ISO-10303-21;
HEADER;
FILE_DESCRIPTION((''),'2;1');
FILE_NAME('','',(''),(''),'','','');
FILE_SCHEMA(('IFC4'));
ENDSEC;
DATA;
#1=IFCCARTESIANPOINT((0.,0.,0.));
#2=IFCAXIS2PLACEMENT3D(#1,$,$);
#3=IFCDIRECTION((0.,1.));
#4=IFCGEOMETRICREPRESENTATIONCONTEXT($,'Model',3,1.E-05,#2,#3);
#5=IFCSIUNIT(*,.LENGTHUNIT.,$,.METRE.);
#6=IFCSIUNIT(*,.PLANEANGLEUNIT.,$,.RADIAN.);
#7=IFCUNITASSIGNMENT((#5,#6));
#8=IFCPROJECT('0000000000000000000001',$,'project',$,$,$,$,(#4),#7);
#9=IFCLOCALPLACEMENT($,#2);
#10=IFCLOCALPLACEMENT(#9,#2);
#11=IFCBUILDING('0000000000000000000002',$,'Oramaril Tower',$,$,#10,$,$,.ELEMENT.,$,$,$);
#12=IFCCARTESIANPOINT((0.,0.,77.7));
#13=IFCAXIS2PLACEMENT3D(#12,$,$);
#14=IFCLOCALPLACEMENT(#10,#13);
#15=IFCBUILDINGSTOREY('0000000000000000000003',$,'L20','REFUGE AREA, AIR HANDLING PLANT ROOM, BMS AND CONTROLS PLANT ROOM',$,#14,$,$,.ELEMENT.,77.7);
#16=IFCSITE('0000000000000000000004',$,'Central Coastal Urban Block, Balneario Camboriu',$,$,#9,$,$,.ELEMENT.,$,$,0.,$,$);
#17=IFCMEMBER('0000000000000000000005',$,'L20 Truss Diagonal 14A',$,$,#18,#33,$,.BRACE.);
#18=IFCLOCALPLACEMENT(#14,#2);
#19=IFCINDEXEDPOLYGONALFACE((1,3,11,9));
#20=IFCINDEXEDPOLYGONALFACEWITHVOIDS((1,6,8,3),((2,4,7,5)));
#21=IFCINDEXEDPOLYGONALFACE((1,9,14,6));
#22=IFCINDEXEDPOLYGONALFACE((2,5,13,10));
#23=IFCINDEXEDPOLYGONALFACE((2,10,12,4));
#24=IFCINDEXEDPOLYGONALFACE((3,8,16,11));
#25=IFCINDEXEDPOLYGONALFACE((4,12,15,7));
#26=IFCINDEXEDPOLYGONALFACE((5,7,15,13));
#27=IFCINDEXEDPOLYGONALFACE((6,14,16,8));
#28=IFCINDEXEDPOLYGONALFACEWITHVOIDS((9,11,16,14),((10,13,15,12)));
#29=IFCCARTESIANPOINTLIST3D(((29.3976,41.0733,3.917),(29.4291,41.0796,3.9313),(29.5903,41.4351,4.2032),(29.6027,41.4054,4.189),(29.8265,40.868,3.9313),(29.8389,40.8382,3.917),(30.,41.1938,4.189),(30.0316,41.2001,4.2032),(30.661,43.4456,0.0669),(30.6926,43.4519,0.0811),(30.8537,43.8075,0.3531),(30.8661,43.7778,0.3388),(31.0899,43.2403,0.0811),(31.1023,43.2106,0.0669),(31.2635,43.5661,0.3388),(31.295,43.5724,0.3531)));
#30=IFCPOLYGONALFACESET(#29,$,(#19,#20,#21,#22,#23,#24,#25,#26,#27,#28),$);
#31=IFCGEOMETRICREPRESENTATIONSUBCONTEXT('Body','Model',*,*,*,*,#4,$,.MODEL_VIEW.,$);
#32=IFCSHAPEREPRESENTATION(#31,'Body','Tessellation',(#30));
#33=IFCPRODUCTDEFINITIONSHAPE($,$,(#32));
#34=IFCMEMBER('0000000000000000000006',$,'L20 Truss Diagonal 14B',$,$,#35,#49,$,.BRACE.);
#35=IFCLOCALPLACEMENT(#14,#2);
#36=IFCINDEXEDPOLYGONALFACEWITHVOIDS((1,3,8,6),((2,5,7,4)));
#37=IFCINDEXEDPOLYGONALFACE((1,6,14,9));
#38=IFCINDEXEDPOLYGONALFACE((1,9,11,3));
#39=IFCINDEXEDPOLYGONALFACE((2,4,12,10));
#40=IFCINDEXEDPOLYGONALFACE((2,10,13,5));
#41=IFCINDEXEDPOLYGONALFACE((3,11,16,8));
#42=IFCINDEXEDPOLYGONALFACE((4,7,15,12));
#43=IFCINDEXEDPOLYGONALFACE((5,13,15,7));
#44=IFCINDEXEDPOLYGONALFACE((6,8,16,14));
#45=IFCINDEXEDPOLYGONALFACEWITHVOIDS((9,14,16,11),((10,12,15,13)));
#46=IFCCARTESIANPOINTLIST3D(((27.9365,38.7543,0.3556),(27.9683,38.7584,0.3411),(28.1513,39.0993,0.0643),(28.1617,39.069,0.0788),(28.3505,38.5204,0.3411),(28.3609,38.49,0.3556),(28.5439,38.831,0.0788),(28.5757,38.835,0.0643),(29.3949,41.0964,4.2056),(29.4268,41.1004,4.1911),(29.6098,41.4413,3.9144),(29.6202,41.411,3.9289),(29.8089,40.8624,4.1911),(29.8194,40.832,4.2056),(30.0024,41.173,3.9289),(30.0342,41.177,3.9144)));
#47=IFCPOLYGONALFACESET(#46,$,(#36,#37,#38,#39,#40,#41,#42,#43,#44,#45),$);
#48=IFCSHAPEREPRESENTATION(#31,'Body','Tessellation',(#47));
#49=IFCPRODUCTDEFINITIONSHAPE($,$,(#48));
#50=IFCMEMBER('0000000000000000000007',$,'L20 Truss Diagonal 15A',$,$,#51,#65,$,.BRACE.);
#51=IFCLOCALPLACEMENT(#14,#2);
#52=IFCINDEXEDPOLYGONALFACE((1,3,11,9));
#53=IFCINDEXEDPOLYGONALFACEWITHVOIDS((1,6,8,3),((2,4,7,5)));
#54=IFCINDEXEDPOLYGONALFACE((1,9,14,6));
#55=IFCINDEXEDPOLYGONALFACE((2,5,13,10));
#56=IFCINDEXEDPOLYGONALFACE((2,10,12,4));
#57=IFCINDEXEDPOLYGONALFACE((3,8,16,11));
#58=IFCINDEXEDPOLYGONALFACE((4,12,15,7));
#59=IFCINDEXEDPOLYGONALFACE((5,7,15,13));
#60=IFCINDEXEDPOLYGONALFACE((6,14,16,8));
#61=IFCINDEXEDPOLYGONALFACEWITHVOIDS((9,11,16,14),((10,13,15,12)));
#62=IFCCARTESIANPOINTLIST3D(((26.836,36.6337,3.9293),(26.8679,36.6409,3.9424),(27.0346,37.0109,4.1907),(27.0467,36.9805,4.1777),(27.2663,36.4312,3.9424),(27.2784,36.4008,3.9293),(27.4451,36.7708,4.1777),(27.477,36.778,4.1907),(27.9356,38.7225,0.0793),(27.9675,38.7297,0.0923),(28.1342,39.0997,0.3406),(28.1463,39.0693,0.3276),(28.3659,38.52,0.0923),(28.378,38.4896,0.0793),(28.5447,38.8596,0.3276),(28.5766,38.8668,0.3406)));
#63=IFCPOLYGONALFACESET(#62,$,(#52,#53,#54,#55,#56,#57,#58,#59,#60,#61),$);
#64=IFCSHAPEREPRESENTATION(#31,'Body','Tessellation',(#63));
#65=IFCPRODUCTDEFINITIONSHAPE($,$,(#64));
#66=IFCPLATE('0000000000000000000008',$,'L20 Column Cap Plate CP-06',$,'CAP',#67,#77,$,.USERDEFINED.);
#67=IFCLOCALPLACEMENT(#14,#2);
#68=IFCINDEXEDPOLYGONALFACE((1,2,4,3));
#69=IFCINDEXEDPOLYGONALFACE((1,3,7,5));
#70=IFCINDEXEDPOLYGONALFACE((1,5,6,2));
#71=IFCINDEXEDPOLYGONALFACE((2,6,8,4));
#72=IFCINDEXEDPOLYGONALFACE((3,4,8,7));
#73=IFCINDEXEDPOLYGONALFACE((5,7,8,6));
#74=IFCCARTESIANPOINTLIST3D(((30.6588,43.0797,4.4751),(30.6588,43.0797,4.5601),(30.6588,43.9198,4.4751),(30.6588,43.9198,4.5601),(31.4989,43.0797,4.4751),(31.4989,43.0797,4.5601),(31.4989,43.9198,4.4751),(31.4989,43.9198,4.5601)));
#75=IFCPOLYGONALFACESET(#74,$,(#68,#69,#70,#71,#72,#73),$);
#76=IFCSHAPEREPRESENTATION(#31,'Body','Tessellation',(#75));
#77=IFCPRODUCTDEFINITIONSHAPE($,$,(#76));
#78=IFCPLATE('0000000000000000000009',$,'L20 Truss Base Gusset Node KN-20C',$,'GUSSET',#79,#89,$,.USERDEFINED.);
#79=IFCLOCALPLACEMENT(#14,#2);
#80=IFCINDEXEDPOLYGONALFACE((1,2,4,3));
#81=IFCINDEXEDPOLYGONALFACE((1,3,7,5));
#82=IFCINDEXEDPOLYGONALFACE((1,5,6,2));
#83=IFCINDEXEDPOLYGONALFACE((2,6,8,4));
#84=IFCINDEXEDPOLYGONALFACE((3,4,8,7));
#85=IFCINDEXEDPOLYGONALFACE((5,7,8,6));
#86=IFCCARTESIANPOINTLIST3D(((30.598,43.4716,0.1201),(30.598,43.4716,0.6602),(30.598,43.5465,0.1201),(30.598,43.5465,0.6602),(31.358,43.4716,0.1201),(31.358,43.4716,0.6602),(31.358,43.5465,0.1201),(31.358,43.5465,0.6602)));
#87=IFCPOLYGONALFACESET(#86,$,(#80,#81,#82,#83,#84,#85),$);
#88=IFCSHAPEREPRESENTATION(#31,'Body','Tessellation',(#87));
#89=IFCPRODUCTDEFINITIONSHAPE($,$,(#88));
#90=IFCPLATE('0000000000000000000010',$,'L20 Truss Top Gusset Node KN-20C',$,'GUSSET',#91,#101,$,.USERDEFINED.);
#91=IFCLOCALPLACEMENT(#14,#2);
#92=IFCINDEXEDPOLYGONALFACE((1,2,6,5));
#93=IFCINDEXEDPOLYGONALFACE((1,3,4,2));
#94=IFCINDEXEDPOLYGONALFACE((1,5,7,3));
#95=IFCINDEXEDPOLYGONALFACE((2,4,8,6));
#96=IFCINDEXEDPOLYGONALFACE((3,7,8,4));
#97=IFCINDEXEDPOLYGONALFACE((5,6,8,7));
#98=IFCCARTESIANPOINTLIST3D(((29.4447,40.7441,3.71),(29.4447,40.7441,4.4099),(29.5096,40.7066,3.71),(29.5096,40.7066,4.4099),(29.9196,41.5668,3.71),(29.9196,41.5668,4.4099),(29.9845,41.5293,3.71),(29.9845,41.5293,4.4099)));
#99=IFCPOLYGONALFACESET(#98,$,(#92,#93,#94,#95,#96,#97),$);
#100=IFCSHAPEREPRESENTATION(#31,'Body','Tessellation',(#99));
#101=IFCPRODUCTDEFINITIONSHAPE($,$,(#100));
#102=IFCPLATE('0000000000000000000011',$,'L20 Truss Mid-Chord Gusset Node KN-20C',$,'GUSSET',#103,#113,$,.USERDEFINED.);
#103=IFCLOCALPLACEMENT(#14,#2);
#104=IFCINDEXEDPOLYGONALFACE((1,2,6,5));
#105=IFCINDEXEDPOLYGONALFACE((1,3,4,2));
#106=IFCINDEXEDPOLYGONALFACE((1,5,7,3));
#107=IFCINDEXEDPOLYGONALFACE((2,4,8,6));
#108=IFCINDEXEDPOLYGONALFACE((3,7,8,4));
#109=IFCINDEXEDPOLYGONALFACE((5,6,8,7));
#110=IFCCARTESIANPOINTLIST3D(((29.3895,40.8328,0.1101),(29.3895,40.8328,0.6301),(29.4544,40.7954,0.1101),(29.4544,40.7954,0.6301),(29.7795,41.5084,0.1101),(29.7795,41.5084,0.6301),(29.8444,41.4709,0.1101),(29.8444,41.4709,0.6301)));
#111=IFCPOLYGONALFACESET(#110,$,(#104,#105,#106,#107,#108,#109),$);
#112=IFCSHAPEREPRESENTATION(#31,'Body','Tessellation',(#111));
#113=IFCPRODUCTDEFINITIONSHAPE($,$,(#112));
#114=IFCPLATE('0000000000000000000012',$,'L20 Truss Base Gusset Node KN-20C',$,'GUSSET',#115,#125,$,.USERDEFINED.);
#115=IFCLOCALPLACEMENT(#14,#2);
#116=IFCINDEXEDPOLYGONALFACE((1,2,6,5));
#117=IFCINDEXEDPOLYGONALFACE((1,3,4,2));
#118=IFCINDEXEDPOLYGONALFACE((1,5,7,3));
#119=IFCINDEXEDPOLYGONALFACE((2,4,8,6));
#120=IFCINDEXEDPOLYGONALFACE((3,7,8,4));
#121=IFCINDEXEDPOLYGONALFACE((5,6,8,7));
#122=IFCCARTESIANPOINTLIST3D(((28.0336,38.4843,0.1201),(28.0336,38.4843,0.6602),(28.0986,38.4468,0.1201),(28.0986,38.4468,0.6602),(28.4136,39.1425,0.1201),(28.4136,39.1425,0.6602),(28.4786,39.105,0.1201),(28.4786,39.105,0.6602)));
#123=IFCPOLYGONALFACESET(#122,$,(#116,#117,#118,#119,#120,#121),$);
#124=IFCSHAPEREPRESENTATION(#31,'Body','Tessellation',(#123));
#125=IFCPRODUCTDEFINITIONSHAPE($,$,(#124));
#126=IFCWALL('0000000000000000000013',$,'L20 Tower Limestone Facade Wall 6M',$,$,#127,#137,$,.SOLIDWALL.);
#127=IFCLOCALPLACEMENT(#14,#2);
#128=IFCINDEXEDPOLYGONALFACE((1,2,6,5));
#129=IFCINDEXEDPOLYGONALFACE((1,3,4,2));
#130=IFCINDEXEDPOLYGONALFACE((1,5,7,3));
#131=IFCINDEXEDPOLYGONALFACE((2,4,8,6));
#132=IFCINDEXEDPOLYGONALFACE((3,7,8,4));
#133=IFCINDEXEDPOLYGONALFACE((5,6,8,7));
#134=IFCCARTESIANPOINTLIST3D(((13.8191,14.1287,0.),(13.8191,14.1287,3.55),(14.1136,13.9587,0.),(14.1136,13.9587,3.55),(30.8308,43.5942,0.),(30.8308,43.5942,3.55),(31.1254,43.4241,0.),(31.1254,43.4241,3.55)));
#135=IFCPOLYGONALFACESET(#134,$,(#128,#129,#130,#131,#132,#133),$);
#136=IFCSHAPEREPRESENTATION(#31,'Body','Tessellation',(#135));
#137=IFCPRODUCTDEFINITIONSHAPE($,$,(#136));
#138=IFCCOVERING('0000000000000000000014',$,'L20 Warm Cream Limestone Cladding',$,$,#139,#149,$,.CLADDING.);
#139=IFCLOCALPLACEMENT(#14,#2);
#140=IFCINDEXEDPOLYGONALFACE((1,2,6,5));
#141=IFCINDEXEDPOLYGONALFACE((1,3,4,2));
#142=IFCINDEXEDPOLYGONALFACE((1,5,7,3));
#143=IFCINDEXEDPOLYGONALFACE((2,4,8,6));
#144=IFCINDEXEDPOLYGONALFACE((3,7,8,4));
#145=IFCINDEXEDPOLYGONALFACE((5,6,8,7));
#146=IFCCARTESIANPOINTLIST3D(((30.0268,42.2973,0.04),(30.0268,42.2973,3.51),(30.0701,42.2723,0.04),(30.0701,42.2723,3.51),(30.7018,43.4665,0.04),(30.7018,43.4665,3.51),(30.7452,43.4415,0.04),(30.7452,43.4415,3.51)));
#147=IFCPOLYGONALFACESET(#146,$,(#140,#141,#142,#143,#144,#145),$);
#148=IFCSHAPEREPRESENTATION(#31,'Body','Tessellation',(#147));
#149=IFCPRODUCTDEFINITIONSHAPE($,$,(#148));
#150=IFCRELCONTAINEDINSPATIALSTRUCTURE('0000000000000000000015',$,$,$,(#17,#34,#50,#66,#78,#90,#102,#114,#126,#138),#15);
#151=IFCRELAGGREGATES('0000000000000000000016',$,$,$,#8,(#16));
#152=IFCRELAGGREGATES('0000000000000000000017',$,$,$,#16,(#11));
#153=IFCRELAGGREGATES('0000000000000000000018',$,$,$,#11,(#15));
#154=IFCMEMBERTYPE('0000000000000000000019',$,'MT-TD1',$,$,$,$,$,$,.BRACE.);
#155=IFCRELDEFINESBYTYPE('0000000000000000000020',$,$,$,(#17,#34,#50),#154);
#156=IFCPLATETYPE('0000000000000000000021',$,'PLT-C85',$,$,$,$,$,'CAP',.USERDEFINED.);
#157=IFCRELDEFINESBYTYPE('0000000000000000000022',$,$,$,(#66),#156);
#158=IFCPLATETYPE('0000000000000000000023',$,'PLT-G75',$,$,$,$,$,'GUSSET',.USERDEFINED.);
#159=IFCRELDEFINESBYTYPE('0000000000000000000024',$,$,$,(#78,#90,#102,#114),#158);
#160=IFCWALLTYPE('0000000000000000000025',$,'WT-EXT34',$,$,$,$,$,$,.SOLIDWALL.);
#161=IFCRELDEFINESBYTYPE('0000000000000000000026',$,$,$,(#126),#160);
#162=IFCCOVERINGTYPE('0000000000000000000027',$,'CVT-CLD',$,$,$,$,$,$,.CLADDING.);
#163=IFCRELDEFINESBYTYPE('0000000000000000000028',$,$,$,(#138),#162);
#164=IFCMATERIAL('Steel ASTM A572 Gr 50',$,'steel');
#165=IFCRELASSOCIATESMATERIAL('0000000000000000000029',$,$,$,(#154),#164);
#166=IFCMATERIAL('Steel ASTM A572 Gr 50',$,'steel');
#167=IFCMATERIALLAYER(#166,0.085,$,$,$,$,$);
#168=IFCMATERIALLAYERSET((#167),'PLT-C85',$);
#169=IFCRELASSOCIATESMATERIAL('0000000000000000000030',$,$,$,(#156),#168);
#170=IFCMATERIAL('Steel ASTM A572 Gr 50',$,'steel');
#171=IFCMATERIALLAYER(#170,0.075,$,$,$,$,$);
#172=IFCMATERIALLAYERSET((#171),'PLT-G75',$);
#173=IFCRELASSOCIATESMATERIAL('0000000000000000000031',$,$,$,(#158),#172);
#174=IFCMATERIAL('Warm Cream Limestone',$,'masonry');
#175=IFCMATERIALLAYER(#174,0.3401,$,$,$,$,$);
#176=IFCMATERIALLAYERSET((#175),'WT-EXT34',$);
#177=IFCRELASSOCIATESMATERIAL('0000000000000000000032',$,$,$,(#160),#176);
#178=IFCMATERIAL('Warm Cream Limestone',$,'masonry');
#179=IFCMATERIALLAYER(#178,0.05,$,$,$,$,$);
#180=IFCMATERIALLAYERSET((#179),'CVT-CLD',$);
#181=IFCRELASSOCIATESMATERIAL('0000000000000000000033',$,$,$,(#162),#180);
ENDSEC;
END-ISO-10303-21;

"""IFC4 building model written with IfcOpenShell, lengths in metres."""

from ifc_helpers import new_model, si_unit, direction, frame, frame_2d, origin, origin_2d, place, context, subcontext, project, spatial, rectangle, hollow_rectangle, extrude, material, layer, layer_set, material_profile, profile_set, type_object, element, save


model = new_model("IFC4")

# Units and contexts
model_context = context("Model", 3, precision=1e-05, world=origin(), true_north=direction((0.0, 1.0)))
body_context = subcontext(model_context, "Body", "Model", "MODEL_VIEW")
ifc_project = project(units=[si_unit("LENGTHUNIT", "METRE"), si_unit("PLANEANGLEUNIT", "RADIAN")], contexts=[model_context])

# Site, building, storey
site_placement = place(None, origin())
site = spatial("IfcSite", under=ifc_project, at=site_placement, Name="Central Coastal Urban Block, Balneario Camboriu", CompositionType="ELEMENT", RefElevation=0.0)
building_placement = place(site_placement, origin())
building = spatial("IfcBuilding", under=site, at=building_placement, Name="Oramaril Tower", CompositionType="ELEMENT")
storey_placement = place(building_placement, frame((0.0, 0.0, 77.7)))
storey = spatial("IfcBuildingStorey", under=building, at=storey_placement, Name="L20", Description="REFUGE AREA, AIR HANDLING PLANT ROOM, BMS AND CONTROLS PLANT ROOM", CompositionType="ELEMENT", Elevation=77.7)

# Members
ifc_material_1 = material(Name="Steel ASTM A572 Gr 50", Category="steel")
ifc_material_profile_1 = material_profile(ifc_material_1, hollow_rectangle(XDim=0.5, YDim=0.5, WallThickness=0.0249, at=origin_2d()), Name="HSS500X500X25")
ifc_profile_set_1 = profile_set([ifc_material_profile_1], Name="Steel ASTM A572 Gr 50")
member_type_1 = type_object("IfcMemberType", Name="MT-TD1", PredefinedType="BRACE", material=ifc_profile_set_1)
member_1_placement = place(storey_placement, frame((30.978, 43.509, 0.21), z_axis=(-0.269074, -0.505235, 0.819961), x_axis=(0.882632, -0.470065, 0.0)))
element("IfcMember", 1, at=member_1_placement, inside=storey, type_object=member_type_1, Name="L20 Truss Diagonal 14A", PredefinedType="BRACE", context=body_context, shape_type="SweptSolid", body=[
    extrude(hollow_rectangle(XDim=0.5, YDim=0.5, WallThickness=0.0249, at=origin_2d()), origin(), (0.0, 0.0, 1.0), 4.6956),
])
member_2_placement = place(storey_placement, frame((28.2561, 38.7947, 0.21), z_axis=(0.307919, 0.494454, 0.812836), x_axis=(-0.848857, 0.528622, 0.0)))
element("IfcMember", 2, at=member_2_placement, inside=storey, type_object=member_type_1, Name="L20 Truss Diagonal 14B", PredefinedType="BRACE", context=body_context, shape_type="SweptSolid", body=[
    extrude(hollow_rectangle(XDim=0.5, YDim=0.5, WallThickness=0.0249, at=origin_2d()), origin(), (0.0, 0.0, 1.0), 4.7366),
])
member_3_placement = place(storey_placement, frame((28.2561, 38.7947, 0.21), z_axis=(-0.243483, -0.462531, 0.852515), x_axis=(0.884882, -0.465815, 0.0)))
element("IfcMember", 3, at=member_3_placement, inside=storey, type_object=member_type_1, Name="L20 Truss Diagonal 15A", PredefinedType="BRACE", context=body_context, shape_type="SweptSolid", body=[
    extrude(hollow_rectangle(XDim=0.5, YDim=0.5, WallThickness=0.0249, at=origin_2d()), origin(), (0.0, 0.0, 1.0), 4.5161),
])

# Plates
ifc_material_2 = material(Name="Steel ASTM A572 Gr 50", Category="steel")
ifc_layer_1 = layer(ifc_material_2, 0.085)
ifc_layer_set_1 = layer_set([ifc_layer_1], Name="PLT-C85")
plate_type_1 = type_object("IfcPlateType", Name="PLT-C85", ElementType="CAP", PredefinedType="USERDEFINED", material=ifc_layer_set_1)
plate_1_placement = place(storey_placement, frame((31.0789, 43.4998, 4.4751), z_axis=(0.0, 0.0, 1.0), x_axis=(1.0, 0.0, 0.0)))
element("IfcPlate", 4, at=plate_1_placement, inside=storey, type_object=plate_type_1, Name="L20 Column Cap Plate CP-06", ObjectType="CAP", PredefinedType="USERDEFINED", context=body_context, shape_type="SweptSolid", body=[
    extrude(rectangle(XDim=0.8401, YDim=0.8401, at=origin_2d()), origin(), (0.0, 0.0, 1.0), 0.085),
])
ifc_material_3 = material(Name="Steel ASTM A572 Gr 50", Category="steel")
ifc_layer_2 = layer(ifc_material_3, 0.075)
ifc_layer_set_2 = layer_set([ifc_layer_2], Name="PLT-G75")
plate_type_2 = type_object("IfcPlateType", Name="PLT-G75", ElementType="GUSSET", PredefinedType="USERDEFINED", material=ifc_layer_set_2)
plate_2_placement = place(storey_placement, frame((30.978, 43.509, 0.1201), z_axis=(0.0, 0.0, 1.0), x_axis=(-1.0, 0.0, 0.0)))
element("IfcPlate", 5, at=plate_2_placement, inside=storey, type_object=plate_type_2, Name="L20 Truss Base Gusset Node KN-20C", ObjectType="GUSSET", PredefinedType="USERDEFINED", context=body_context, shape_type="SweptSolid", body=[
    extrude(rectangle(XDim=0.76, YDim=0.075, at=origin_2d()), origin(), (0.0, 0.0, 1.0), 0.54),
])
plate_3_placement = place(storey_placement, frame((29.7146, 41.1367, 3.71), z_axis=(0.0, 0.0, 1.0), x_axis=(-0.499997, -0.866027, 0.0)))
element("IfcPlate", 6, at=plate_3_placement, inside=storey, type_object=plate_type_2, Name="L20 Truss Top Gusset Node KN-20C", ObjectType="GUSSET", PredefinedType="USERDEFINED", context=body_context, shape_type="SweptSolid", body=[
    extrude(rectangle(XDim=0.95, YDim=0.075, at=origin_2d()), origin(), (0.0, 0.0, 1.0), 0.7),
])
plate_4_placement = place(storey_placement, frame((29.6169, 41.1519, 0.1101), z_axis=(0.0, 0.0, 1.0), x_axis=(-0.499997, -0.866027, 0.0)))
element("IfcPlate", 7, at=plate_4_placement, inside=storey, type_object=plate_type_2, Name="L20 Truss Mid-Chord Gusset Node KN-20C", ObjectType="GUSSET", PredefinedType="USERDEFINED", context=body_context, shape_type="SweptSolid", body=[
    extrude(rectangle(XDim=0.78, YDim=0.075, at=origin_2d()), origin(), (0.0, 0.0, 1.0), 0.52),
])
plate_5_placement = place(storey_placement, frame((28.2561, 38.7947, 0.1201), z_axis=(0.0, 0.0, 1.0), x_axis=(-0.499997, -0.866027, 0.0)))
element("IfcPlate", 8, at=plate_5_placement, inside=storey, type_object=plate_type_2, Name="L20 Truss Base Gusset Node KN-20C", ObjectType="GUSSET", PredefinedType="USERDEFINED", context=body_context, shape_type="SweptSolid", body=[
    extrude(rectangle(XDim=0.76, YDim=0.075, at=origin_2d()), origin(), (0.0, 0.0, 1.0), 0.54),
])

# Wall
ifc_material_4 = material(Name="Warm Cream Limestone", Category="masonry")
ifc_layer_3 = layer(ifc_material_4, 0.3401)
ifc_layer_set_3 = layer_set([ifc_layer_3], Name="WT-EXT34")
wall_type = type_object("IfcWallType", Name="WT-EXT34", PredefinedType="SOLIDWALL", material=ifc_layer_set_3)
wall_placement = place(storey_placement, frame((30.978, 43.509, 0.0), z_axis=(0.0, 0.0, 1.0), x_axis=(-0.499998, -0.866027, 0.0)))
element("IfcWall", 9, at=wall_placement, inside=storey, type_object=wall_type, Name="L20 Tower Limestone Facade Wall 6M", PredefinedType="SOLIDWALL", context=body_context, shape_type="SweptSolid", body=[
    extrude(rectangle(XDim=34.0237, YDim=0.3401, at=frame_2d((17.0117, 0.0))), origin(), (0.0, 0.0, 1.0), 3.55),
])

# Covering
ifc_material_5 = material(Name="Warm Cream Limestone", Category="masonry")
ifc_layer_4 = layer(ifc_material_5, 0.05)
ifc_layer_set_4 = layer_set([ifc_layer_4], Name="CVT-CLD")
covering_type = type_object("IfcCoveringType", Name="CVT-CLD", PredefinedType="CLADDING", material=ifc_layer_set_4)
covering_placement = place(storey_placement, frame((30.386, 42.8694, 0.04), z_axis=(0.0, 0.0, 1.0), x_axis=(-0.499998, -0.866026, 0.0)))
element("IfcCovering", 10, at=covering_placement, inside=storey, type_object=covering_type, Name="L20 Warm Cream Limestone Cladding", PredefinedType="CLADDING", context=body_context, shape_type="SweptSolid", body=[
    extrude(rectangle(XDim=1.3501, YDim=0.05, at=origin_2d()), origin(), (0.0, 0.0, 1.0), 3.47),
])

save(model, "model.ifc")
